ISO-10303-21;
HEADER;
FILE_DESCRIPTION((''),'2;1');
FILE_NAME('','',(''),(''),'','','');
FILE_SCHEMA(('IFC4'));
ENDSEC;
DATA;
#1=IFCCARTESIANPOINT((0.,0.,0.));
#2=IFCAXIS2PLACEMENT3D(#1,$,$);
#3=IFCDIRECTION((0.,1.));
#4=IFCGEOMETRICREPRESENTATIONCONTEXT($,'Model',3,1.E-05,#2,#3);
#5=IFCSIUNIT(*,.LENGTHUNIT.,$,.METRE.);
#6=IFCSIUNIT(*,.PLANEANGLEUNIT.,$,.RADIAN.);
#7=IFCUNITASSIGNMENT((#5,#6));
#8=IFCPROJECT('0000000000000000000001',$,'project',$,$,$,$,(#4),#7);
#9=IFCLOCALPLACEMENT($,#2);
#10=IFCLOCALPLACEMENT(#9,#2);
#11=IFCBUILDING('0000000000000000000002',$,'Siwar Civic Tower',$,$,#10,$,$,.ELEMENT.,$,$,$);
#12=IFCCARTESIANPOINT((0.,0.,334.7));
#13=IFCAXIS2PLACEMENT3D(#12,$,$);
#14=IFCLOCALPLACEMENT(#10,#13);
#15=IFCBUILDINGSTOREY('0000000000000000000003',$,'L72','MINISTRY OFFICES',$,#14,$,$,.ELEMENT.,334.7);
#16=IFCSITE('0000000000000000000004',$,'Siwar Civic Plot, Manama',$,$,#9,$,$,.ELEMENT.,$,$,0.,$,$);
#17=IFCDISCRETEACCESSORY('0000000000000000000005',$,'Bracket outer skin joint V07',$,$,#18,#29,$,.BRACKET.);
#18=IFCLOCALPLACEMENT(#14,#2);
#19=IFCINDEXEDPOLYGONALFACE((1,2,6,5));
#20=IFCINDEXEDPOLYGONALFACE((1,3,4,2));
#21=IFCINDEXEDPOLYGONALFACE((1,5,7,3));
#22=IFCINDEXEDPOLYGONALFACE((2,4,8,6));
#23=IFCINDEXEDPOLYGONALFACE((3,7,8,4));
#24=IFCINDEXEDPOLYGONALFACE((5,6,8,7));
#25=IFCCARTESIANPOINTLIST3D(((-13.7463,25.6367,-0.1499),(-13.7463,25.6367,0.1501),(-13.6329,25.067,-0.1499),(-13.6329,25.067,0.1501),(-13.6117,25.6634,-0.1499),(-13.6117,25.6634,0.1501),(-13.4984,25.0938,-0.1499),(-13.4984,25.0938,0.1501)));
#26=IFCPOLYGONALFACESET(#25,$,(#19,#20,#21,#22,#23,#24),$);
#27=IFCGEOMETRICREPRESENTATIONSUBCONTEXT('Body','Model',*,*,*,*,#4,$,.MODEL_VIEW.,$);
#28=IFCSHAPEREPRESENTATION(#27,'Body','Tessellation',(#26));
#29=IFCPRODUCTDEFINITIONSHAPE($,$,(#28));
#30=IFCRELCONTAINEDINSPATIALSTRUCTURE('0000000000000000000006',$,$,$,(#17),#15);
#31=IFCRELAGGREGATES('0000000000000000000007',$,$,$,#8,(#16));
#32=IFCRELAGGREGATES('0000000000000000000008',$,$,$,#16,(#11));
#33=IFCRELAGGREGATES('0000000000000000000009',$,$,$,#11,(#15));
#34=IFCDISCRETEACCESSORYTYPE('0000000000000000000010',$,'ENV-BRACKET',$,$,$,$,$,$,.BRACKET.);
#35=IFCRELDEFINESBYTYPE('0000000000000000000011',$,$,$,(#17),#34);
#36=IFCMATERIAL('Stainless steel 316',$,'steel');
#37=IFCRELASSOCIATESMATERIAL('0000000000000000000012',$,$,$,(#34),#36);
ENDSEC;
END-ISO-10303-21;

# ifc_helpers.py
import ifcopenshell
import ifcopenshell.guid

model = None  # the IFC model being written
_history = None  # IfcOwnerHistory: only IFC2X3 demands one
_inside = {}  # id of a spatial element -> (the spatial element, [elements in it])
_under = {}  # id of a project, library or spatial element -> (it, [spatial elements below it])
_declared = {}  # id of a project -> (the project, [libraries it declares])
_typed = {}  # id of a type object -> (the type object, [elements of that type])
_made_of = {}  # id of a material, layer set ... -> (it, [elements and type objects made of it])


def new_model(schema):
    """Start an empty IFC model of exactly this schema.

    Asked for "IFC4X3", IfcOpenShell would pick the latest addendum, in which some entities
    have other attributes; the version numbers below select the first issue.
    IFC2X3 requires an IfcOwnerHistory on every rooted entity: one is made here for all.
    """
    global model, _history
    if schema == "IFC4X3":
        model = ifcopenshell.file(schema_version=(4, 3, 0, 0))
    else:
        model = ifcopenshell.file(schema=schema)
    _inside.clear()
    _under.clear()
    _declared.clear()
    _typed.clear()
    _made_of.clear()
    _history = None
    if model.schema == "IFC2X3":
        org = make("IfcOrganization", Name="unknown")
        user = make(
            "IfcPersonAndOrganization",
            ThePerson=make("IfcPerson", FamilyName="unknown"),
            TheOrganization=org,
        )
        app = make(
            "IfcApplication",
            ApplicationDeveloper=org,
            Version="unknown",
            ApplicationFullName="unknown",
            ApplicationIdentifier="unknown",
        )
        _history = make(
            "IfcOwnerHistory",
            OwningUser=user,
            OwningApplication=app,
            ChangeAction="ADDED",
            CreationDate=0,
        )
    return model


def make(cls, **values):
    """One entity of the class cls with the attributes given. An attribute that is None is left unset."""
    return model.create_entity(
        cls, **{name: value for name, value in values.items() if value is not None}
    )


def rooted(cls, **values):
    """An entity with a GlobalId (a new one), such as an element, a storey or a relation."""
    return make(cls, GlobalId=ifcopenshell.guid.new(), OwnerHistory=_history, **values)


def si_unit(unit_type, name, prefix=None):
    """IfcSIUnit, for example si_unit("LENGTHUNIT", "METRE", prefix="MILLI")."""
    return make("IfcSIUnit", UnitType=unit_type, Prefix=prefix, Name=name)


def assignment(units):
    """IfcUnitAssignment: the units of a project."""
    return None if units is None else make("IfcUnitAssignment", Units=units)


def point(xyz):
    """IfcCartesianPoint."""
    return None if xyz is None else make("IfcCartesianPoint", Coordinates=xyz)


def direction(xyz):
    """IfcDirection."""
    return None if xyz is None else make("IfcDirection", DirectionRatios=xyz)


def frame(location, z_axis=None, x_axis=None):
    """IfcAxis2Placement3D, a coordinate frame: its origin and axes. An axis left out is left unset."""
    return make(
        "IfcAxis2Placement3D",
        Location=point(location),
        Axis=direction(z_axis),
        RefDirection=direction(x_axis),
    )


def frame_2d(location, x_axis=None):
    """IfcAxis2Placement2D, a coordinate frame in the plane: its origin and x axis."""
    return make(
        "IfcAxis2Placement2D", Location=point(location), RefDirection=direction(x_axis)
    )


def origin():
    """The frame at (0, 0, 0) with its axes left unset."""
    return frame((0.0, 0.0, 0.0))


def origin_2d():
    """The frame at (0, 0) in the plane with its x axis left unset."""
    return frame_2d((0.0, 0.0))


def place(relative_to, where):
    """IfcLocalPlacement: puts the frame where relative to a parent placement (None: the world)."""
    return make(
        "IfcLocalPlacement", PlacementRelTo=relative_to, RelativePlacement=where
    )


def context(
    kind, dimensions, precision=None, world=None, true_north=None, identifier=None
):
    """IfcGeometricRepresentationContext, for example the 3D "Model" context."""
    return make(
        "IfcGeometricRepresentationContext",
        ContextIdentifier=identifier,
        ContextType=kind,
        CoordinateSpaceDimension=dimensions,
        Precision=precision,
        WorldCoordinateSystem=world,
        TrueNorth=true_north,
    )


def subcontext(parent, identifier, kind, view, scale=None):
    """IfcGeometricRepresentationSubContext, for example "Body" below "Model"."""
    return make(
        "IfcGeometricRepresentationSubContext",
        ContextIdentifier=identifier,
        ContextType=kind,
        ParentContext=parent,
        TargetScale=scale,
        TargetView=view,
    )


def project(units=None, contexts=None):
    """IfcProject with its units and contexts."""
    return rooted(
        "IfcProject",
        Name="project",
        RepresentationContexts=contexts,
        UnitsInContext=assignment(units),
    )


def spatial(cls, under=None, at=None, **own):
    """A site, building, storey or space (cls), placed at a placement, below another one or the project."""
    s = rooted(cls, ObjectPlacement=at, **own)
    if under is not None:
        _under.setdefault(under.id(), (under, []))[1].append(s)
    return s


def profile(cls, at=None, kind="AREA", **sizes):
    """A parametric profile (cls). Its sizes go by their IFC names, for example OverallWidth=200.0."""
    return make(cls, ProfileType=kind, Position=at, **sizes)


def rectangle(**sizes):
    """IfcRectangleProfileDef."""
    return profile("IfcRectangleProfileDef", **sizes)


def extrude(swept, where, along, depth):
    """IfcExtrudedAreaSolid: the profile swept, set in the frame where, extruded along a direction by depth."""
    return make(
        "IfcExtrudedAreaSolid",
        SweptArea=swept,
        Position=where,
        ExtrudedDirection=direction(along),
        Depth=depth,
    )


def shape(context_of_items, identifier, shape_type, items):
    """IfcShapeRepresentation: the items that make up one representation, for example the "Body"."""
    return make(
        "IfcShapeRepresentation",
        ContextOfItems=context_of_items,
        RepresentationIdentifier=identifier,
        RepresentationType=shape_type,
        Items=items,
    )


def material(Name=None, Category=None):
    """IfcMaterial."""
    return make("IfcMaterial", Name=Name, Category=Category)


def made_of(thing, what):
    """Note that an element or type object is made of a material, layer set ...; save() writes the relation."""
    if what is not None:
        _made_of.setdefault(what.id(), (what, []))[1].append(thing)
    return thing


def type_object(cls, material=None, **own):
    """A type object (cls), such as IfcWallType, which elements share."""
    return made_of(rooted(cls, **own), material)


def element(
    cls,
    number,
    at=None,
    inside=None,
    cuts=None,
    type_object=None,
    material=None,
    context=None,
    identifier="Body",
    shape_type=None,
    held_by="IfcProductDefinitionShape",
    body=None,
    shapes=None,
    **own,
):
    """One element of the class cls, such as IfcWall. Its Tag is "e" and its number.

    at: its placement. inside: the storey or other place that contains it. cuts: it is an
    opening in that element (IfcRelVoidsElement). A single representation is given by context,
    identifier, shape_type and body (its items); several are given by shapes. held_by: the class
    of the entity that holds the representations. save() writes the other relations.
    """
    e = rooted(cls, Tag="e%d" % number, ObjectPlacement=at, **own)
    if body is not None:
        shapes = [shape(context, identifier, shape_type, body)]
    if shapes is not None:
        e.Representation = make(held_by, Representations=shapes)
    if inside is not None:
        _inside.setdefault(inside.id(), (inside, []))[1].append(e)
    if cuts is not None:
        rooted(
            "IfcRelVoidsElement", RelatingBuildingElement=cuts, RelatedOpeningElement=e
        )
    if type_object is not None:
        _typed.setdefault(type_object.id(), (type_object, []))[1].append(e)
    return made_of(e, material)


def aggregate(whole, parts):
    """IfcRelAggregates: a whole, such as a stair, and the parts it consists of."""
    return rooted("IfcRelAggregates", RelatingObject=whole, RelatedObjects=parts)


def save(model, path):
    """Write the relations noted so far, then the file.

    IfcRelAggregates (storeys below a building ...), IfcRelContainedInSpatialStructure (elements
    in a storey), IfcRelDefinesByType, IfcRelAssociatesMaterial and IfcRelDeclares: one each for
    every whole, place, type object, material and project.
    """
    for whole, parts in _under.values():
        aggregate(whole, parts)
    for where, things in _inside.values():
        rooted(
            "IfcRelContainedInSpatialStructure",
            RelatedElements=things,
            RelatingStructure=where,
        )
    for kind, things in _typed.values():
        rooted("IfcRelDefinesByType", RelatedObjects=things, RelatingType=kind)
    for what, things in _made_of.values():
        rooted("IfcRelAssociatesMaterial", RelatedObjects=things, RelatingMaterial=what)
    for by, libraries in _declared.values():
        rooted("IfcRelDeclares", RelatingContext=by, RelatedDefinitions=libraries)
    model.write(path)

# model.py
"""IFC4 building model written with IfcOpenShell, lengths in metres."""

from ifc_helpers import new_model, si_unit, direction, frame, origin, origin_2d, place, context, subcontext, project, spatial, rectangle, extrude, material, type_object, element, save


model = new_model("IFC4")

# Units and contexts
model_context = context("Model", 3, precision=1e-05, world=origin(), true_north=direction((0.0, 1.0)))
body_context = subcontext(model_context, "Body", "Model", "MODEL_VIEW")
ifc_project = project(units=[si_unit("LENGTHUNIT", "METRE"), si_unit("PLANEANGLEUNIT", "RADIAN")], contexts=[model_context])

# Site, building, storey
site_placement = place(None, origin())
site = spatial("IfcSite", under=ifc_project, at=site_placement, Name="Siwar Civic Plot, Manama", CompositionType="ELEMENT", RefElevation=0.0)
building_placement = place(site_placement, origin())
building = spatial("IfcBuilding", under=site, at=building_placement, Name="Siwar Civic Tower", CompositionType="ELEMENT")
storey_placement = place(building_placement, frame((0.0, 0.0, 334.7)))
storey = spatial("IfcBuildingStorey", under=building, at=storey_placement, Name="L72", Description="MINISTRY OFFICES", CompositionType="ELEMENT", Elevation=334.7)

# Discrete accessory
ifc_material_1 = material(Name="Stainless steel 316", Category="steel")
discrete_accessory_type = type_object("IfcDiscreteAccessoryType", Name="ENV-BRACKET", PredefinedType="BRACKET", material=ifc_material_1)
discrete_accessory_1_placement = place(storey_placement, frame((-13.6223, 25.3652, -0.1499), z_axis=(0.0, 0.0, 1.0), x_axis=(-0.19509, 0.980785, 0.0)))
element("IfcDiscreteAccessory", 1, at=discrete_accessory_1_placement, inside=storey, type_object=discrete_accessory_type, Name="Bracket outer skin joint V07", PredefinedType="BRACKET", context=body_context, shape_type="SweptSolid", body=[
    extrude(rectangle(XDim=0.5808, YDim=0.1372, at=origin_2d()), origin(), (0.0, 0.0, 1.0), 0.3),
])

save(model, "model.ifc")
